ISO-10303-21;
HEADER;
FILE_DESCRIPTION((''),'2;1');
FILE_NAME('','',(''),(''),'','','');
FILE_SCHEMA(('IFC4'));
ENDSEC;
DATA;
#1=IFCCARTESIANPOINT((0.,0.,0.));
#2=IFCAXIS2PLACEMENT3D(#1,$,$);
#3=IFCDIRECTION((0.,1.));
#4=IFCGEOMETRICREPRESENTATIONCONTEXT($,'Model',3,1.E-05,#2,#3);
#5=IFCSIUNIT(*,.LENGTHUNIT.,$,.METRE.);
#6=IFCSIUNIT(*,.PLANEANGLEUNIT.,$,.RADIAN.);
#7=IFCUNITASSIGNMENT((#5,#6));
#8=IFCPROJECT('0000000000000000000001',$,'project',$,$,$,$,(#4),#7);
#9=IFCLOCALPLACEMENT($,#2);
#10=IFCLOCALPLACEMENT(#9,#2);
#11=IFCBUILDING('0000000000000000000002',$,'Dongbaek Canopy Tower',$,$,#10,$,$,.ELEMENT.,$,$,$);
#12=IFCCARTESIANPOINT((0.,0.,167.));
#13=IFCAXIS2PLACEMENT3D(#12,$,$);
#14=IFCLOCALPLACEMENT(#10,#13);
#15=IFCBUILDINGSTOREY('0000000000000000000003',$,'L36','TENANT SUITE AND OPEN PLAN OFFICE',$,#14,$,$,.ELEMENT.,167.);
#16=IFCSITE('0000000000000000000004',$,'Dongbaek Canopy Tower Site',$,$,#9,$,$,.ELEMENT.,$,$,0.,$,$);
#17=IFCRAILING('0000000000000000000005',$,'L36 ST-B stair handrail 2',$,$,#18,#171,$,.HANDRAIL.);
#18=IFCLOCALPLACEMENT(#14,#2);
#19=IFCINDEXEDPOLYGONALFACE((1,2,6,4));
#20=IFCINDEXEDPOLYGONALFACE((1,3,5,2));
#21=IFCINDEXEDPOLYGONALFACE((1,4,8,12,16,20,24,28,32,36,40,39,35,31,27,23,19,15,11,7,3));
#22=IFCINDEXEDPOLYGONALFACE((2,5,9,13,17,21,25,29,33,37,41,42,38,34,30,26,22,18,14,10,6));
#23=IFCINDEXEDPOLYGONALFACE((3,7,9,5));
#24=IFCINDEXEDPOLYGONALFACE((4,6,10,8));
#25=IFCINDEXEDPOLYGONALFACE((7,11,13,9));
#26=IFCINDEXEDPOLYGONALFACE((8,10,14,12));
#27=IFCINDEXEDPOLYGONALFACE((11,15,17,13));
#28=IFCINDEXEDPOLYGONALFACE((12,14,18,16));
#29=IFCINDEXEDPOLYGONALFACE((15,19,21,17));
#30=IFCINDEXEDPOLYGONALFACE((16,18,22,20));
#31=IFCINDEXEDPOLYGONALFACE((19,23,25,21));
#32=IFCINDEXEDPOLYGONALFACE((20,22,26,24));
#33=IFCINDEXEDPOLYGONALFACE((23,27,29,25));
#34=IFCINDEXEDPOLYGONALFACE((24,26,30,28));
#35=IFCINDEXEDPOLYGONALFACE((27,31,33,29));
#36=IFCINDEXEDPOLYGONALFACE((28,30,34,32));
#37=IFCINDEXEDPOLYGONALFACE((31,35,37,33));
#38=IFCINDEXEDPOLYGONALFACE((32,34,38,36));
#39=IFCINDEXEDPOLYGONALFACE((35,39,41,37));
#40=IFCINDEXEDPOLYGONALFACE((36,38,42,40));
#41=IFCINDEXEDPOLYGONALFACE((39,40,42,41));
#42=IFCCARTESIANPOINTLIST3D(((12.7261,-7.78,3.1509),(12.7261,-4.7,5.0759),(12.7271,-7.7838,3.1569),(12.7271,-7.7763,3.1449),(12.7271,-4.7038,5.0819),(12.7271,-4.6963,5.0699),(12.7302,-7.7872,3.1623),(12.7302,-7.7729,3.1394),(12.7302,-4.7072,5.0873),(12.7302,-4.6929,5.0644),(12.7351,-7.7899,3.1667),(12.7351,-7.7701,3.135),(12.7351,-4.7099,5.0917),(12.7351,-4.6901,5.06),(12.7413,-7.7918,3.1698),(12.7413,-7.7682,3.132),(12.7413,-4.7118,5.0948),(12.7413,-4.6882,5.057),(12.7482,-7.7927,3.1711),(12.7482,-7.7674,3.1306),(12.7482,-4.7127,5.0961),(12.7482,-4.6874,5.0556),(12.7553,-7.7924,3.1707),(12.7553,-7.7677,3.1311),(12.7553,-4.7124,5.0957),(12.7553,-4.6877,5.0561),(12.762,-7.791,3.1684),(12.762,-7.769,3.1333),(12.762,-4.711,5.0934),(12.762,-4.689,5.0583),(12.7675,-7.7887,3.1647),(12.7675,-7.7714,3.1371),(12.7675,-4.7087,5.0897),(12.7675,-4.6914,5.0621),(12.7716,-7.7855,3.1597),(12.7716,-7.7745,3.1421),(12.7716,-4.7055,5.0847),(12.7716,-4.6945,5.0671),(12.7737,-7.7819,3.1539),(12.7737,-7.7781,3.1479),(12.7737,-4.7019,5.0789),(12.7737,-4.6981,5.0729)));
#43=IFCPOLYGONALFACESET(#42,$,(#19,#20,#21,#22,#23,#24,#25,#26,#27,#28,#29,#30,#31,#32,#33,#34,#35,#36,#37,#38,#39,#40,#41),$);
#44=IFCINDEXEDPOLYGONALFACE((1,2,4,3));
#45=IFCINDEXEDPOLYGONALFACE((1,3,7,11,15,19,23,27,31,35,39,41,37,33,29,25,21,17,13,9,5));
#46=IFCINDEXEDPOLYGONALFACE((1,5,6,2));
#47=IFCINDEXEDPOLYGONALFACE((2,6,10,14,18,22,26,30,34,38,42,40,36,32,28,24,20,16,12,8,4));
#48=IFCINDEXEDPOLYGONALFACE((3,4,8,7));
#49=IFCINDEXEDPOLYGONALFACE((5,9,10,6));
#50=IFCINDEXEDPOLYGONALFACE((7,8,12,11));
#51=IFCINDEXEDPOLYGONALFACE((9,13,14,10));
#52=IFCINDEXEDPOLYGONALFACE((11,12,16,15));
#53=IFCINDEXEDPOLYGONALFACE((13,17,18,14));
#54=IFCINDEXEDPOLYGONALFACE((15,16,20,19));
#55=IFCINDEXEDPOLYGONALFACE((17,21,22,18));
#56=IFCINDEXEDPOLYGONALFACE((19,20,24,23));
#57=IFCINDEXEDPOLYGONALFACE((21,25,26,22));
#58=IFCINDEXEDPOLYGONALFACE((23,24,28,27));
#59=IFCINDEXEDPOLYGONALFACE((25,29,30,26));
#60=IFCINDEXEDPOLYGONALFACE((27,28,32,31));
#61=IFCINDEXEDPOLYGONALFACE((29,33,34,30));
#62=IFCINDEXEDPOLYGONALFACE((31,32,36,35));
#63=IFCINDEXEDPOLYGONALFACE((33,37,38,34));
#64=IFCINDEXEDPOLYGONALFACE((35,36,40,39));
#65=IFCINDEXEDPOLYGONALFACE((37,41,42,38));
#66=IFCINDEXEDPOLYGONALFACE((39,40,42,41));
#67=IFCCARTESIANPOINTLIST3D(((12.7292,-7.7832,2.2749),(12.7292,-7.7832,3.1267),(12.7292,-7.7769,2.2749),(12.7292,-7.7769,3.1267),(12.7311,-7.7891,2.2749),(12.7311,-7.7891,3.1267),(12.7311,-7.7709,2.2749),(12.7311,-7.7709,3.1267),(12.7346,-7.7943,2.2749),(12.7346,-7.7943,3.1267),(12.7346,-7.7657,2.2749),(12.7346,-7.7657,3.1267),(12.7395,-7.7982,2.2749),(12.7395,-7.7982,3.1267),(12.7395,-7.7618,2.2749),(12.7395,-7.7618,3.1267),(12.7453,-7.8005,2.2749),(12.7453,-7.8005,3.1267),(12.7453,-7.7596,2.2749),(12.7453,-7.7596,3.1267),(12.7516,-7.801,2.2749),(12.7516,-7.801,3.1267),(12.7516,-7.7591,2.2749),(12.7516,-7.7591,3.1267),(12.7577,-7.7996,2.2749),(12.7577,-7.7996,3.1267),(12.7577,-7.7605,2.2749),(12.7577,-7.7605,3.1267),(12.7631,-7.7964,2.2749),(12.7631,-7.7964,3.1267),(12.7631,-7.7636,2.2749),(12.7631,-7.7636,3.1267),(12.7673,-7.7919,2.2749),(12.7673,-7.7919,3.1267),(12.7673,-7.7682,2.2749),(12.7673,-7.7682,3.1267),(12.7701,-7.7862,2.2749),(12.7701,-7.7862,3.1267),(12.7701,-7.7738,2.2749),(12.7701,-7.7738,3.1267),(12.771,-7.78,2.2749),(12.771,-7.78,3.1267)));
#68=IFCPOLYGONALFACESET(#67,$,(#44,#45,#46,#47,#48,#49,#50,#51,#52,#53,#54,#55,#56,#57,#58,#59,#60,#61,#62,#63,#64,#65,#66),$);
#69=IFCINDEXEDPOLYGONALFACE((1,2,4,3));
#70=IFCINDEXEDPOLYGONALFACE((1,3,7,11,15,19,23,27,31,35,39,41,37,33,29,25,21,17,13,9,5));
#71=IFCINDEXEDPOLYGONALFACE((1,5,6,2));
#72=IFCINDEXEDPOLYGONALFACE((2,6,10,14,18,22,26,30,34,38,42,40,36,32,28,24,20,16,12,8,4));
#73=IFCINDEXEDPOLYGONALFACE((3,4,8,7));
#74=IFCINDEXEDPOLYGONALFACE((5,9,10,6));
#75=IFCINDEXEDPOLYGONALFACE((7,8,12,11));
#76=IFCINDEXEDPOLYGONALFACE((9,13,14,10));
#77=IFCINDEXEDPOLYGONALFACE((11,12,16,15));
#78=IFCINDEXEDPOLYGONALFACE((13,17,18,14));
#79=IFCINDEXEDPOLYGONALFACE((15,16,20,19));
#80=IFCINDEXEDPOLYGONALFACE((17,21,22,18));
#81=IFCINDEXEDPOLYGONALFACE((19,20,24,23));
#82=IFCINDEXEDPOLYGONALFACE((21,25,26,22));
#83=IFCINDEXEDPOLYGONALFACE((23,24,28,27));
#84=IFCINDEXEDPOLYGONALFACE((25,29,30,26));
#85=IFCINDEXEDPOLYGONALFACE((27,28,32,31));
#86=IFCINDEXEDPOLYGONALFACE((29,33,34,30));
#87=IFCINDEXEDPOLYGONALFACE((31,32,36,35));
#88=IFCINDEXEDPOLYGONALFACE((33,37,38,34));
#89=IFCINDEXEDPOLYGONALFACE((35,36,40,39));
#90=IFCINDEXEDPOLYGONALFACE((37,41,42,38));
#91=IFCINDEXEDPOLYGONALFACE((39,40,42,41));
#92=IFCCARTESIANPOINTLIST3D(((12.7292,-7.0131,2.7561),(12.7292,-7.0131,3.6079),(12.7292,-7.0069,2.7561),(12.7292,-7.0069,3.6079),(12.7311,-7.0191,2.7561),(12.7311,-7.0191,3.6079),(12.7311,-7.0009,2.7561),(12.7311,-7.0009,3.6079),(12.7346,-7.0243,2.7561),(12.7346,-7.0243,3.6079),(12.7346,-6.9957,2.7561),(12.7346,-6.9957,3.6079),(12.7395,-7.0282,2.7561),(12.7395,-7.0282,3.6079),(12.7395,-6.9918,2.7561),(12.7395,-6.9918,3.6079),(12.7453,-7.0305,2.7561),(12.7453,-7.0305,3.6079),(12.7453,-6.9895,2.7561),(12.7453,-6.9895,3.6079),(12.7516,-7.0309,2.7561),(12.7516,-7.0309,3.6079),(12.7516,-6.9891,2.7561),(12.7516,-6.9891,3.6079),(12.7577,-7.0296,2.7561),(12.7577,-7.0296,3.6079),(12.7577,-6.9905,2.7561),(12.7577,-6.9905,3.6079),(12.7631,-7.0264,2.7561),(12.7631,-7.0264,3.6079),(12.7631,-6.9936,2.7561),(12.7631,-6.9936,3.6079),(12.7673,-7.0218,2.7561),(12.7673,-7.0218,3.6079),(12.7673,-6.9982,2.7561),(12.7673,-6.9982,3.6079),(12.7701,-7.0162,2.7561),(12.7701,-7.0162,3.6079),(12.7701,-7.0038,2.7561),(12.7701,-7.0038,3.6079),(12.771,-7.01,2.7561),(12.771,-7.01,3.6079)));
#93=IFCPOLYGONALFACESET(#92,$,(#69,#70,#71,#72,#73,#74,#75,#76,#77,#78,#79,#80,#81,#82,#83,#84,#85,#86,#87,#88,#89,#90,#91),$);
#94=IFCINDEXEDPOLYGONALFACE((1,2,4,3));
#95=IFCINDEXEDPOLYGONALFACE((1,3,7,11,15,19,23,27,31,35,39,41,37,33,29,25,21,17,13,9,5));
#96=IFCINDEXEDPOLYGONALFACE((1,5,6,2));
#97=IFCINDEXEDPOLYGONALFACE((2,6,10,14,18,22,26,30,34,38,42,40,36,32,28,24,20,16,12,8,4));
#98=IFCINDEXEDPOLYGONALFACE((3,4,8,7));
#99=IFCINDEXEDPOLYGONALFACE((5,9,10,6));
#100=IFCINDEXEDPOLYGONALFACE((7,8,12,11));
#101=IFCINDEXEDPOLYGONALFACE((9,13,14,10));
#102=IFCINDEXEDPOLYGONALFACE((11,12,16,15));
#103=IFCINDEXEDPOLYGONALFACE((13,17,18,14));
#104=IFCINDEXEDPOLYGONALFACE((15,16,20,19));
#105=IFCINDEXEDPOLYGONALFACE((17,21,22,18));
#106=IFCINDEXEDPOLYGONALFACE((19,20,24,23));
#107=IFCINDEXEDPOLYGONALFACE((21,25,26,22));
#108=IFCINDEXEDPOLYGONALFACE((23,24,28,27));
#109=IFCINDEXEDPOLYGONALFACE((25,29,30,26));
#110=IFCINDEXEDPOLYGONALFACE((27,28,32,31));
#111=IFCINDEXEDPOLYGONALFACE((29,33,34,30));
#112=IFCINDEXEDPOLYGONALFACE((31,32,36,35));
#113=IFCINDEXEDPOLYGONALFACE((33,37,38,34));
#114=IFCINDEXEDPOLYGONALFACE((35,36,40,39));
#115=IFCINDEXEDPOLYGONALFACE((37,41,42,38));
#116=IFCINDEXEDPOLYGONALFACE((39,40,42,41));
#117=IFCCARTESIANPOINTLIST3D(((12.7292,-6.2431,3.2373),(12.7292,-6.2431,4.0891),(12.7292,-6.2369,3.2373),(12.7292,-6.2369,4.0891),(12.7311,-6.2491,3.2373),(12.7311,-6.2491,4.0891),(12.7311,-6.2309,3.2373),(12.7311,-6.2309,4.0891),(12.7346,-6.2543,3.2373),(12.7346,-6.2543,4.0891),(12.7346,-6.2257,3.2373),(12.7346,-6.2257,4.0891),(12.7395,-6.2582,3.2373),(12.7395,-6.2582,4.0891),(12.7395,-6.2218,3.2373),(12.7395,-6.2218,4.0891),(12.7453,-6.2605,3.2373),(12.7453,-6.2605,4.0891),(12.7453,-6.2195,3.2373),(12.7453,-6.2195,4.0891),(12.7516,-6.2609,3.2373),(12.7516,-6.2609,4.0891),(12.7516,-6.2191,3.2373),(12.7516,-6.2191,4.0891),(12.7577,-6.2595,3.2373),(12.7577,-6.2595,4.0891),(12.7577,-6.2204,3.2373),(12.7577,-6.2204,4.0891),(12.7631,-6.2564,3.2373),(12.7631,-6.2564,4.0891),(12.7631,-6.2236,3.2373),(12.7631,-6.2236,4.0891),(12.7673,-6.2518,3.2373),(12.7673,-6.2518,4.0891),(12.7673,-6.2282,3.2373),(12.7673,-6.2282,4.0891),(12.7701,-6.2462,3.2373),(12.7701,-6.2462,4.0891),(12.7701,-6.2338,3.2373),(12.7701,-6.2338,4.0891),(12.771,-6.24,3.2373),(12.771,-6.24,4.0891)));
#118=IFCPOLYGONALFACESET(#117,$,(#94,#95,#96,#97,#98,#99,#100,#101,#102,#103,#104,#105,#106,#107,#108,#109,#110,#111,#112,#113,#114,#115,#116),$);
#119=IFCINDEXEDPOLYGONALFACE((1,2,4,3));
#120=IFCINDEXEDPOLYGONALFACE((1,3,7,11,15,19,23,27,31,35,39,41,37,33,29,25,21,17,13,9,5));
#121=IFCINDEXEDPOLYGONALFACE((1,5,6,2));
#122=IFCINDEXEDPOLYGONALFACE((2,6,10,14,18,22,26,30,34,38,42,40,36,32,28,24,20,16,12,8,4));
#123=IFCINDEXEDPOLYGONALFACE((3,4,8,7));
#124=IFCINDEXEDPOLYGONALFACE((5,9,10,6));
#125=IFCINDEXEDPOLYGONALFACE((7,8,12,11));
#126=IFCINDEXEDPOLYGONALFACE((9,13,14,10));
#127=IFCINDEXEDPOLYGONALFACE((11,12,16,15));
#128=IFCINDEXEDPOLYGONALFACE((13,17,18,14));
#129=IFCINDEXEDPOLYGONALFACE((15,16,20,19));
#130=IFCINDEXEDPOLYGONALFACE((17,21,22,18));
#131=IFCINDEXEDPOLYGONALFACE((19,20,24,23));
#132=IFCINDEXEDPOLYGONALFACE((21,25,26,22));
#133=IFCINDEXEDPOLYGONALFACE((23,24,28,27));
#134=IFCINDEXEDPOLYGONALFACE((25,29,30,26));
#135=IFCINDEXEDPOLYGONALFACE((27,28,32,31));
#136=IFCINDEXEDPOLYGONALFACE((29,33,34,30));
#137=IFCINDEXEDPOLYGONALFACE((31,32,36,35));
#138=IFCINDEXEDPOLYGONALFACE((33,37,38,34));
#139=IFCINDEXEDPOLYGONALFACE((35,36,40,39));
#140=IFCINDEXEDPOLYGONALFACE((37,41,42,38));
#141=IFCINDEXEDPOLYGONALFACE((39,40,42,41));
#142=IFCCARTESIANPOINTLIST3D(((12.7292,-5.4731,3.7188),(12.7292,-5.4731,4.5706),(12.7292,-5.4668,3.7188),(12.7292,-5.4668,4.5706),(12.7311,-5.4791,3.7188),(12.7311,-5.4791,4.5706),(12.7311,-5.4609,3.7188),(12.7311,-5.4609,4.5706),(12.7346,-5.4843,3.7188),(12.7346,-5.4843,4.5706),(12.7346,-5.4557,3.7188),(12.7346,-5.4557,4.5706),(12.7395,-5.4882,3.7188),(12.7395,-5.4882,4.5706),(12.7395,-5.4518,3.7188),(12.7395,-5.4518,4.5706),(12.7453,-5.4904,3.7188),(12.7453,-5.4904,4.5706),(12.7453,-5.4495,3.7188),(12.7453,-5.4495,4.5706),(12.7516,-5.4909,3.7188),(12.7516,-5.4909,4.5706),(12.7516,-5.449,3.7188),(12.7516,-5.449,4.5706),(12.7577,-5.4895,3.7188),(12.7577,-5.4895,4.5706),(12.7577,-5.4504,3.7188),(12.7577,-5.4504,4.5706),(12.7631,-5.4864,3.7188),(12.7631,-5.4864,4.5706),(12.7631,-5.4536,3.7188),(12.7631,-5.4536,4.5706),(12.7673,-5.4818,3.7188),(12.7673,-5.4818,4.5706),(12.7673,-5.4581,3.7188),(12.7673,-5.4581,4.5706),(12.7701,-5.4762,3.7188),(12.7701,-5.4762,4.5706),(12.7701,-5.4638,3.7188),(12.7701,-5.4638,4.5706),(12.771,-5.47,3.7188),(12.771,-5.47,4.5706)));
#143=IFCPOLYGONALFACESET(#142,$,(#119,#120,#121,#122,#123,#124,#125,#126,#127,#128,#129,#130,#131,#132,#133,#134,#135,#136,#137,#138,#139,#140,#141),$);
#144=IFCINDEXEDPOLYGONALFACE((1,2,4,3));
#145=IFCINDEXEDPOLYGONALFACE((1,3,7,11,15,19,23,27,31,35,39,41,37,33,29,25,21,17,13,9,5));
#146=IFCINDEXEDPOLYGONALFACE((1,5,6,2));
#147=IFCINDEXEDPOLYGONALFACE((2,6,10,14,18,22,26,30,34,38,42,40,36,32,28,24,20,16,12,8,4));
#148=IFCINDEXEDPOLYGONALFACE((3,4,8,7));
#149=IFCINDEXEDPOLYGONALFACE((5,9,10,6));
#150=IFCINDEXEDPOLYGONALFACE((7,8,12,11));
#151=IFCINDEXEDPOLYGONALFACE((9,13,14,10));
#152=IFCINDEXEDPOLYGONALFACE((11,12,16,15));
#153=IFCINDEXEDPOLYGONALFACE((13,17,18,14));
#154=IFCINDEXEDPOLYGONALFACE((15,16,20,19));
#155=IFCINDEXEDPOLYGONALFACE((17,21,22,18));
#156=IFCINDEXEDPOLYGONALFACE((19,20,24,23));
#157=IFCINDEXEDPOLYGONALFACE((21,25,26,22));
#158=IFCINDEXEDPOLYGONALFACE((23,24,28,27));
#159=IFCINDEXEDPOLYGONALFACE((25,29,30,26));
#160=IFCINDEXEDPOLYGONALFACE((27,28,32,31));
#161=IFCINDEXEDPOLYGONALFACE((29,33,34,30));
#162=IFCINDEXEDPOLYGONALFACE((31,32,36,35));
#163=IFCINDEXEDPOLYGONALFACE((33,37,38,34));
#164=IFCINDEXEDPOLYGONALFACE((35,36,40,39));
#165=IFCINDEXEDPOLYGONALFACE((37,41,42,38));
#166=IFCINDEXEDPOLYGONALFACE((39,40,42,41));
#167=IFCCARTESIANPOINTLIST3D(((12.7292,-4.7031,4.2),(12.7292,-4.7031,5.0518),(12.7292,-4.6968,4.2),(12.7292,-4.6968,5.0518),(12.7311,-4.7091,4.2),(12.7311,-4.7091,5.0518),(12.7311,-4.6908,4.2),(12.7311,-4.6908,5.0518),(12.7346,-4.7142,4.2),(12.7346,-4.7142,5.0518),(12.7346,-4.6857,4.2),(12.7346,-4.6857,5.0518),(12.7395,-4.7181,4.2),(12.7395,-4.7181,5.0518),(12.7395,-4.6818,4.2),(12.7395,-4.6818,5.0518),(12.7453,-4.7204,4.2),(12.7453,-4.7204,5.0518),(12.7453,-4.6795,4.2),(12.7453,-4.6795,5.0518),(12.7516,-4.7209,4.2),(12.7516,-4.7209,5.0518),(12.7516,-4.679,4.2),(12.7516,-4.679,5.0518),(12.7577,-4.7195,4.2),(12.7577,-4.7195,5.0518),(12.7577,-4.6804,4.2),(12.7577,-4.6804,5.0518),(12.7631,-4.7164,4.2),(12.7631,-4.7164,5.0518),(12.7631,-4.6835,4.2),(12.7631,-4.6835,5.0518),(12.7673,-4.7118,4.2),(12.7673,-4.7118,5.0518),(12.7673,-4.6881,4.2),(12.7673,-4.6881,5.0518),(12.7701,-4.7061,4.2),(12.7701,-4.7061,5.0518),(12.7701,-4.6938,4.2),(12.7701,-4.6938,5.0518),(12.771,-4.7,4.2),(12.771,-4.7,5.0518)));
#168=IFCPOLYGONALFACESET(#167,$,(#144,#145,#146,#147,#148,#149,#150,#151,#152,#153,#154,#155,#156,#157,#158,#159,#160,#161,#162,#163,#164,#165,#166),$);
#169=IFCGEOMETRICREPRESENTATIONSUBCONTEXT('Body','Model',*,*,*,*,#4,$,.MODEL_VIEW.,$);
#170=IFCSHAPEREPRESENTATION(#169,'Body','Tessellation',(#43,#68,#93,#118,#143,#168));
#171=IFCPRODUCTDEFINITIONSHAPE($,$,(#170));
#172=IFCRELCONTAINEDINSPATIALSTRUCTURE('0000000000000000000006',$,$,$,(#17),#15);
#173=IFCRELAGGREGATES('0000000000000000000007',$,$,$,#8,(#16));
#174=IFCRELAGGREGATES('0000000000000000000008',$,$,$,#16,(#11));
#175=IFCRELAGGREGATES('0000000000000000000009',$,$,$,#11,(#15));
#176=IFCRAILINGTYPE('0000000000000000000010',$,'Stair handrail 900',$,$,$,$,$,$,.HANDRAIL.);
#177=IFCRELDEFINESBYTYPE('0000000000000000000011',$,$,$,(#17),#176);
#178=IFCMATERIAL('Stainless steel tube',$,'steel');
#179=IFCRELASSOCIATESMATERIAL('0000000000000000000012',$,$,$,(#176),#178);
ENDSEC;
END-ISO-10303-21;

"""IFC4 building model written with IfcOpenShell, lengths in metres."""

from ifc_helpers import new_model, si_unit, direction, frame, origin, origin_2d, place, context, subcontext, project, spatial, circle, extrude, material, type_object, element, save


model = new_model("IFC4")

# Units and contexts
model_context = context("Model", 3, precision=1e-05, world=origin(), true_north=direction((0.0, 1.0)))
body_context = subcontext(model_context, "Body", "Model", "MODEL_VIEW")
ifc_project = project(units=[si_unit("LENGTHUNIT", "METRE"), si_unit("PLANEANGLEUNIT", "RADIAN")], contexts=[model_context])

# Site, building, storey
site_placement = place(None, origin())
site = spatial("IfcSite", under=ifc_project, at=site_placement, Name="Dongbaek Canopy Tower Site", CompositionType="ELEMENT", RefElevation=0.0)
building_placement = place(site_placement, origin())
building = spatial("IfcBuilding", under=site, at=building_placement, Name="Dongbaek Canopy Tower", CompositionType="ELEMENT")
storey_placement = place(building_placement, frame((0.0, 0.0, 167.0)))
storey = spatial("IfcBuildingStorey", under=building, at=storey_placement, Name="L36", Description="TENANT SUITE AND OPEN PLAN OFFICE", CompositionType="ELEMENT", Elevation=167.0)

# Railing
ifc_material_1 = material(Name="Stainless steel tube", Category="steel")
railing_type_1 = type_object("IfcRailingType", Name="Stair handrail 900", PredefinedType="HANDRAIL", material=ifc_material_1)
railing_1_placement = place(storey_placement, frame((12.75, -7.78, 2.2749)))
element("IfcRailing", 1, at=railing_1_placement, inside=storey, type_object=railing_type_1, Name="L36 ST-B stair handrail 2", PredefinedType="HANDRAIL", context=body_context, shape_type="SweptSolid", body=[
    extrude(circle(Radius=0.0239, at=origin_2d()), frame((0.0, 0.0, 0.876), z_axis=(0.0, 0.847998, 0.529999), x_axis=(-1.0, 0.0, 0.0)), (0.0, 0.0, 1.0), 3.6321),
    extrude(circle(Radius=0.021, at=origin_2d()), origin(), (0.0, 0.0, 1.0), 0.8518),
    extrude(circle(Radius=0.021, at=origin_2d()), frame((0.0, 0.77, 0.4812)), (0.0, 0.0, 1.0), 0.8518),
    extrude(circle(Radius=0.021, at=origin_2d()), frame((0.0, 1.54, 0.9624)), (0.0, 0.0, 1.0), 0.8518),
    extrude(circle(Radius=0.021, at=origin_2d()), frame((0.0, 2.3101, 1.4438)), (0.0, 0.0, 1.0), 0.8518),
    extrude(circle(Radius=0.021, at=origin_2d()), frame((0.0, 3.0801, 1.925)), (0.0, 0.0, 1.0), 0.8518),
])

save(model, "model.ifc")
